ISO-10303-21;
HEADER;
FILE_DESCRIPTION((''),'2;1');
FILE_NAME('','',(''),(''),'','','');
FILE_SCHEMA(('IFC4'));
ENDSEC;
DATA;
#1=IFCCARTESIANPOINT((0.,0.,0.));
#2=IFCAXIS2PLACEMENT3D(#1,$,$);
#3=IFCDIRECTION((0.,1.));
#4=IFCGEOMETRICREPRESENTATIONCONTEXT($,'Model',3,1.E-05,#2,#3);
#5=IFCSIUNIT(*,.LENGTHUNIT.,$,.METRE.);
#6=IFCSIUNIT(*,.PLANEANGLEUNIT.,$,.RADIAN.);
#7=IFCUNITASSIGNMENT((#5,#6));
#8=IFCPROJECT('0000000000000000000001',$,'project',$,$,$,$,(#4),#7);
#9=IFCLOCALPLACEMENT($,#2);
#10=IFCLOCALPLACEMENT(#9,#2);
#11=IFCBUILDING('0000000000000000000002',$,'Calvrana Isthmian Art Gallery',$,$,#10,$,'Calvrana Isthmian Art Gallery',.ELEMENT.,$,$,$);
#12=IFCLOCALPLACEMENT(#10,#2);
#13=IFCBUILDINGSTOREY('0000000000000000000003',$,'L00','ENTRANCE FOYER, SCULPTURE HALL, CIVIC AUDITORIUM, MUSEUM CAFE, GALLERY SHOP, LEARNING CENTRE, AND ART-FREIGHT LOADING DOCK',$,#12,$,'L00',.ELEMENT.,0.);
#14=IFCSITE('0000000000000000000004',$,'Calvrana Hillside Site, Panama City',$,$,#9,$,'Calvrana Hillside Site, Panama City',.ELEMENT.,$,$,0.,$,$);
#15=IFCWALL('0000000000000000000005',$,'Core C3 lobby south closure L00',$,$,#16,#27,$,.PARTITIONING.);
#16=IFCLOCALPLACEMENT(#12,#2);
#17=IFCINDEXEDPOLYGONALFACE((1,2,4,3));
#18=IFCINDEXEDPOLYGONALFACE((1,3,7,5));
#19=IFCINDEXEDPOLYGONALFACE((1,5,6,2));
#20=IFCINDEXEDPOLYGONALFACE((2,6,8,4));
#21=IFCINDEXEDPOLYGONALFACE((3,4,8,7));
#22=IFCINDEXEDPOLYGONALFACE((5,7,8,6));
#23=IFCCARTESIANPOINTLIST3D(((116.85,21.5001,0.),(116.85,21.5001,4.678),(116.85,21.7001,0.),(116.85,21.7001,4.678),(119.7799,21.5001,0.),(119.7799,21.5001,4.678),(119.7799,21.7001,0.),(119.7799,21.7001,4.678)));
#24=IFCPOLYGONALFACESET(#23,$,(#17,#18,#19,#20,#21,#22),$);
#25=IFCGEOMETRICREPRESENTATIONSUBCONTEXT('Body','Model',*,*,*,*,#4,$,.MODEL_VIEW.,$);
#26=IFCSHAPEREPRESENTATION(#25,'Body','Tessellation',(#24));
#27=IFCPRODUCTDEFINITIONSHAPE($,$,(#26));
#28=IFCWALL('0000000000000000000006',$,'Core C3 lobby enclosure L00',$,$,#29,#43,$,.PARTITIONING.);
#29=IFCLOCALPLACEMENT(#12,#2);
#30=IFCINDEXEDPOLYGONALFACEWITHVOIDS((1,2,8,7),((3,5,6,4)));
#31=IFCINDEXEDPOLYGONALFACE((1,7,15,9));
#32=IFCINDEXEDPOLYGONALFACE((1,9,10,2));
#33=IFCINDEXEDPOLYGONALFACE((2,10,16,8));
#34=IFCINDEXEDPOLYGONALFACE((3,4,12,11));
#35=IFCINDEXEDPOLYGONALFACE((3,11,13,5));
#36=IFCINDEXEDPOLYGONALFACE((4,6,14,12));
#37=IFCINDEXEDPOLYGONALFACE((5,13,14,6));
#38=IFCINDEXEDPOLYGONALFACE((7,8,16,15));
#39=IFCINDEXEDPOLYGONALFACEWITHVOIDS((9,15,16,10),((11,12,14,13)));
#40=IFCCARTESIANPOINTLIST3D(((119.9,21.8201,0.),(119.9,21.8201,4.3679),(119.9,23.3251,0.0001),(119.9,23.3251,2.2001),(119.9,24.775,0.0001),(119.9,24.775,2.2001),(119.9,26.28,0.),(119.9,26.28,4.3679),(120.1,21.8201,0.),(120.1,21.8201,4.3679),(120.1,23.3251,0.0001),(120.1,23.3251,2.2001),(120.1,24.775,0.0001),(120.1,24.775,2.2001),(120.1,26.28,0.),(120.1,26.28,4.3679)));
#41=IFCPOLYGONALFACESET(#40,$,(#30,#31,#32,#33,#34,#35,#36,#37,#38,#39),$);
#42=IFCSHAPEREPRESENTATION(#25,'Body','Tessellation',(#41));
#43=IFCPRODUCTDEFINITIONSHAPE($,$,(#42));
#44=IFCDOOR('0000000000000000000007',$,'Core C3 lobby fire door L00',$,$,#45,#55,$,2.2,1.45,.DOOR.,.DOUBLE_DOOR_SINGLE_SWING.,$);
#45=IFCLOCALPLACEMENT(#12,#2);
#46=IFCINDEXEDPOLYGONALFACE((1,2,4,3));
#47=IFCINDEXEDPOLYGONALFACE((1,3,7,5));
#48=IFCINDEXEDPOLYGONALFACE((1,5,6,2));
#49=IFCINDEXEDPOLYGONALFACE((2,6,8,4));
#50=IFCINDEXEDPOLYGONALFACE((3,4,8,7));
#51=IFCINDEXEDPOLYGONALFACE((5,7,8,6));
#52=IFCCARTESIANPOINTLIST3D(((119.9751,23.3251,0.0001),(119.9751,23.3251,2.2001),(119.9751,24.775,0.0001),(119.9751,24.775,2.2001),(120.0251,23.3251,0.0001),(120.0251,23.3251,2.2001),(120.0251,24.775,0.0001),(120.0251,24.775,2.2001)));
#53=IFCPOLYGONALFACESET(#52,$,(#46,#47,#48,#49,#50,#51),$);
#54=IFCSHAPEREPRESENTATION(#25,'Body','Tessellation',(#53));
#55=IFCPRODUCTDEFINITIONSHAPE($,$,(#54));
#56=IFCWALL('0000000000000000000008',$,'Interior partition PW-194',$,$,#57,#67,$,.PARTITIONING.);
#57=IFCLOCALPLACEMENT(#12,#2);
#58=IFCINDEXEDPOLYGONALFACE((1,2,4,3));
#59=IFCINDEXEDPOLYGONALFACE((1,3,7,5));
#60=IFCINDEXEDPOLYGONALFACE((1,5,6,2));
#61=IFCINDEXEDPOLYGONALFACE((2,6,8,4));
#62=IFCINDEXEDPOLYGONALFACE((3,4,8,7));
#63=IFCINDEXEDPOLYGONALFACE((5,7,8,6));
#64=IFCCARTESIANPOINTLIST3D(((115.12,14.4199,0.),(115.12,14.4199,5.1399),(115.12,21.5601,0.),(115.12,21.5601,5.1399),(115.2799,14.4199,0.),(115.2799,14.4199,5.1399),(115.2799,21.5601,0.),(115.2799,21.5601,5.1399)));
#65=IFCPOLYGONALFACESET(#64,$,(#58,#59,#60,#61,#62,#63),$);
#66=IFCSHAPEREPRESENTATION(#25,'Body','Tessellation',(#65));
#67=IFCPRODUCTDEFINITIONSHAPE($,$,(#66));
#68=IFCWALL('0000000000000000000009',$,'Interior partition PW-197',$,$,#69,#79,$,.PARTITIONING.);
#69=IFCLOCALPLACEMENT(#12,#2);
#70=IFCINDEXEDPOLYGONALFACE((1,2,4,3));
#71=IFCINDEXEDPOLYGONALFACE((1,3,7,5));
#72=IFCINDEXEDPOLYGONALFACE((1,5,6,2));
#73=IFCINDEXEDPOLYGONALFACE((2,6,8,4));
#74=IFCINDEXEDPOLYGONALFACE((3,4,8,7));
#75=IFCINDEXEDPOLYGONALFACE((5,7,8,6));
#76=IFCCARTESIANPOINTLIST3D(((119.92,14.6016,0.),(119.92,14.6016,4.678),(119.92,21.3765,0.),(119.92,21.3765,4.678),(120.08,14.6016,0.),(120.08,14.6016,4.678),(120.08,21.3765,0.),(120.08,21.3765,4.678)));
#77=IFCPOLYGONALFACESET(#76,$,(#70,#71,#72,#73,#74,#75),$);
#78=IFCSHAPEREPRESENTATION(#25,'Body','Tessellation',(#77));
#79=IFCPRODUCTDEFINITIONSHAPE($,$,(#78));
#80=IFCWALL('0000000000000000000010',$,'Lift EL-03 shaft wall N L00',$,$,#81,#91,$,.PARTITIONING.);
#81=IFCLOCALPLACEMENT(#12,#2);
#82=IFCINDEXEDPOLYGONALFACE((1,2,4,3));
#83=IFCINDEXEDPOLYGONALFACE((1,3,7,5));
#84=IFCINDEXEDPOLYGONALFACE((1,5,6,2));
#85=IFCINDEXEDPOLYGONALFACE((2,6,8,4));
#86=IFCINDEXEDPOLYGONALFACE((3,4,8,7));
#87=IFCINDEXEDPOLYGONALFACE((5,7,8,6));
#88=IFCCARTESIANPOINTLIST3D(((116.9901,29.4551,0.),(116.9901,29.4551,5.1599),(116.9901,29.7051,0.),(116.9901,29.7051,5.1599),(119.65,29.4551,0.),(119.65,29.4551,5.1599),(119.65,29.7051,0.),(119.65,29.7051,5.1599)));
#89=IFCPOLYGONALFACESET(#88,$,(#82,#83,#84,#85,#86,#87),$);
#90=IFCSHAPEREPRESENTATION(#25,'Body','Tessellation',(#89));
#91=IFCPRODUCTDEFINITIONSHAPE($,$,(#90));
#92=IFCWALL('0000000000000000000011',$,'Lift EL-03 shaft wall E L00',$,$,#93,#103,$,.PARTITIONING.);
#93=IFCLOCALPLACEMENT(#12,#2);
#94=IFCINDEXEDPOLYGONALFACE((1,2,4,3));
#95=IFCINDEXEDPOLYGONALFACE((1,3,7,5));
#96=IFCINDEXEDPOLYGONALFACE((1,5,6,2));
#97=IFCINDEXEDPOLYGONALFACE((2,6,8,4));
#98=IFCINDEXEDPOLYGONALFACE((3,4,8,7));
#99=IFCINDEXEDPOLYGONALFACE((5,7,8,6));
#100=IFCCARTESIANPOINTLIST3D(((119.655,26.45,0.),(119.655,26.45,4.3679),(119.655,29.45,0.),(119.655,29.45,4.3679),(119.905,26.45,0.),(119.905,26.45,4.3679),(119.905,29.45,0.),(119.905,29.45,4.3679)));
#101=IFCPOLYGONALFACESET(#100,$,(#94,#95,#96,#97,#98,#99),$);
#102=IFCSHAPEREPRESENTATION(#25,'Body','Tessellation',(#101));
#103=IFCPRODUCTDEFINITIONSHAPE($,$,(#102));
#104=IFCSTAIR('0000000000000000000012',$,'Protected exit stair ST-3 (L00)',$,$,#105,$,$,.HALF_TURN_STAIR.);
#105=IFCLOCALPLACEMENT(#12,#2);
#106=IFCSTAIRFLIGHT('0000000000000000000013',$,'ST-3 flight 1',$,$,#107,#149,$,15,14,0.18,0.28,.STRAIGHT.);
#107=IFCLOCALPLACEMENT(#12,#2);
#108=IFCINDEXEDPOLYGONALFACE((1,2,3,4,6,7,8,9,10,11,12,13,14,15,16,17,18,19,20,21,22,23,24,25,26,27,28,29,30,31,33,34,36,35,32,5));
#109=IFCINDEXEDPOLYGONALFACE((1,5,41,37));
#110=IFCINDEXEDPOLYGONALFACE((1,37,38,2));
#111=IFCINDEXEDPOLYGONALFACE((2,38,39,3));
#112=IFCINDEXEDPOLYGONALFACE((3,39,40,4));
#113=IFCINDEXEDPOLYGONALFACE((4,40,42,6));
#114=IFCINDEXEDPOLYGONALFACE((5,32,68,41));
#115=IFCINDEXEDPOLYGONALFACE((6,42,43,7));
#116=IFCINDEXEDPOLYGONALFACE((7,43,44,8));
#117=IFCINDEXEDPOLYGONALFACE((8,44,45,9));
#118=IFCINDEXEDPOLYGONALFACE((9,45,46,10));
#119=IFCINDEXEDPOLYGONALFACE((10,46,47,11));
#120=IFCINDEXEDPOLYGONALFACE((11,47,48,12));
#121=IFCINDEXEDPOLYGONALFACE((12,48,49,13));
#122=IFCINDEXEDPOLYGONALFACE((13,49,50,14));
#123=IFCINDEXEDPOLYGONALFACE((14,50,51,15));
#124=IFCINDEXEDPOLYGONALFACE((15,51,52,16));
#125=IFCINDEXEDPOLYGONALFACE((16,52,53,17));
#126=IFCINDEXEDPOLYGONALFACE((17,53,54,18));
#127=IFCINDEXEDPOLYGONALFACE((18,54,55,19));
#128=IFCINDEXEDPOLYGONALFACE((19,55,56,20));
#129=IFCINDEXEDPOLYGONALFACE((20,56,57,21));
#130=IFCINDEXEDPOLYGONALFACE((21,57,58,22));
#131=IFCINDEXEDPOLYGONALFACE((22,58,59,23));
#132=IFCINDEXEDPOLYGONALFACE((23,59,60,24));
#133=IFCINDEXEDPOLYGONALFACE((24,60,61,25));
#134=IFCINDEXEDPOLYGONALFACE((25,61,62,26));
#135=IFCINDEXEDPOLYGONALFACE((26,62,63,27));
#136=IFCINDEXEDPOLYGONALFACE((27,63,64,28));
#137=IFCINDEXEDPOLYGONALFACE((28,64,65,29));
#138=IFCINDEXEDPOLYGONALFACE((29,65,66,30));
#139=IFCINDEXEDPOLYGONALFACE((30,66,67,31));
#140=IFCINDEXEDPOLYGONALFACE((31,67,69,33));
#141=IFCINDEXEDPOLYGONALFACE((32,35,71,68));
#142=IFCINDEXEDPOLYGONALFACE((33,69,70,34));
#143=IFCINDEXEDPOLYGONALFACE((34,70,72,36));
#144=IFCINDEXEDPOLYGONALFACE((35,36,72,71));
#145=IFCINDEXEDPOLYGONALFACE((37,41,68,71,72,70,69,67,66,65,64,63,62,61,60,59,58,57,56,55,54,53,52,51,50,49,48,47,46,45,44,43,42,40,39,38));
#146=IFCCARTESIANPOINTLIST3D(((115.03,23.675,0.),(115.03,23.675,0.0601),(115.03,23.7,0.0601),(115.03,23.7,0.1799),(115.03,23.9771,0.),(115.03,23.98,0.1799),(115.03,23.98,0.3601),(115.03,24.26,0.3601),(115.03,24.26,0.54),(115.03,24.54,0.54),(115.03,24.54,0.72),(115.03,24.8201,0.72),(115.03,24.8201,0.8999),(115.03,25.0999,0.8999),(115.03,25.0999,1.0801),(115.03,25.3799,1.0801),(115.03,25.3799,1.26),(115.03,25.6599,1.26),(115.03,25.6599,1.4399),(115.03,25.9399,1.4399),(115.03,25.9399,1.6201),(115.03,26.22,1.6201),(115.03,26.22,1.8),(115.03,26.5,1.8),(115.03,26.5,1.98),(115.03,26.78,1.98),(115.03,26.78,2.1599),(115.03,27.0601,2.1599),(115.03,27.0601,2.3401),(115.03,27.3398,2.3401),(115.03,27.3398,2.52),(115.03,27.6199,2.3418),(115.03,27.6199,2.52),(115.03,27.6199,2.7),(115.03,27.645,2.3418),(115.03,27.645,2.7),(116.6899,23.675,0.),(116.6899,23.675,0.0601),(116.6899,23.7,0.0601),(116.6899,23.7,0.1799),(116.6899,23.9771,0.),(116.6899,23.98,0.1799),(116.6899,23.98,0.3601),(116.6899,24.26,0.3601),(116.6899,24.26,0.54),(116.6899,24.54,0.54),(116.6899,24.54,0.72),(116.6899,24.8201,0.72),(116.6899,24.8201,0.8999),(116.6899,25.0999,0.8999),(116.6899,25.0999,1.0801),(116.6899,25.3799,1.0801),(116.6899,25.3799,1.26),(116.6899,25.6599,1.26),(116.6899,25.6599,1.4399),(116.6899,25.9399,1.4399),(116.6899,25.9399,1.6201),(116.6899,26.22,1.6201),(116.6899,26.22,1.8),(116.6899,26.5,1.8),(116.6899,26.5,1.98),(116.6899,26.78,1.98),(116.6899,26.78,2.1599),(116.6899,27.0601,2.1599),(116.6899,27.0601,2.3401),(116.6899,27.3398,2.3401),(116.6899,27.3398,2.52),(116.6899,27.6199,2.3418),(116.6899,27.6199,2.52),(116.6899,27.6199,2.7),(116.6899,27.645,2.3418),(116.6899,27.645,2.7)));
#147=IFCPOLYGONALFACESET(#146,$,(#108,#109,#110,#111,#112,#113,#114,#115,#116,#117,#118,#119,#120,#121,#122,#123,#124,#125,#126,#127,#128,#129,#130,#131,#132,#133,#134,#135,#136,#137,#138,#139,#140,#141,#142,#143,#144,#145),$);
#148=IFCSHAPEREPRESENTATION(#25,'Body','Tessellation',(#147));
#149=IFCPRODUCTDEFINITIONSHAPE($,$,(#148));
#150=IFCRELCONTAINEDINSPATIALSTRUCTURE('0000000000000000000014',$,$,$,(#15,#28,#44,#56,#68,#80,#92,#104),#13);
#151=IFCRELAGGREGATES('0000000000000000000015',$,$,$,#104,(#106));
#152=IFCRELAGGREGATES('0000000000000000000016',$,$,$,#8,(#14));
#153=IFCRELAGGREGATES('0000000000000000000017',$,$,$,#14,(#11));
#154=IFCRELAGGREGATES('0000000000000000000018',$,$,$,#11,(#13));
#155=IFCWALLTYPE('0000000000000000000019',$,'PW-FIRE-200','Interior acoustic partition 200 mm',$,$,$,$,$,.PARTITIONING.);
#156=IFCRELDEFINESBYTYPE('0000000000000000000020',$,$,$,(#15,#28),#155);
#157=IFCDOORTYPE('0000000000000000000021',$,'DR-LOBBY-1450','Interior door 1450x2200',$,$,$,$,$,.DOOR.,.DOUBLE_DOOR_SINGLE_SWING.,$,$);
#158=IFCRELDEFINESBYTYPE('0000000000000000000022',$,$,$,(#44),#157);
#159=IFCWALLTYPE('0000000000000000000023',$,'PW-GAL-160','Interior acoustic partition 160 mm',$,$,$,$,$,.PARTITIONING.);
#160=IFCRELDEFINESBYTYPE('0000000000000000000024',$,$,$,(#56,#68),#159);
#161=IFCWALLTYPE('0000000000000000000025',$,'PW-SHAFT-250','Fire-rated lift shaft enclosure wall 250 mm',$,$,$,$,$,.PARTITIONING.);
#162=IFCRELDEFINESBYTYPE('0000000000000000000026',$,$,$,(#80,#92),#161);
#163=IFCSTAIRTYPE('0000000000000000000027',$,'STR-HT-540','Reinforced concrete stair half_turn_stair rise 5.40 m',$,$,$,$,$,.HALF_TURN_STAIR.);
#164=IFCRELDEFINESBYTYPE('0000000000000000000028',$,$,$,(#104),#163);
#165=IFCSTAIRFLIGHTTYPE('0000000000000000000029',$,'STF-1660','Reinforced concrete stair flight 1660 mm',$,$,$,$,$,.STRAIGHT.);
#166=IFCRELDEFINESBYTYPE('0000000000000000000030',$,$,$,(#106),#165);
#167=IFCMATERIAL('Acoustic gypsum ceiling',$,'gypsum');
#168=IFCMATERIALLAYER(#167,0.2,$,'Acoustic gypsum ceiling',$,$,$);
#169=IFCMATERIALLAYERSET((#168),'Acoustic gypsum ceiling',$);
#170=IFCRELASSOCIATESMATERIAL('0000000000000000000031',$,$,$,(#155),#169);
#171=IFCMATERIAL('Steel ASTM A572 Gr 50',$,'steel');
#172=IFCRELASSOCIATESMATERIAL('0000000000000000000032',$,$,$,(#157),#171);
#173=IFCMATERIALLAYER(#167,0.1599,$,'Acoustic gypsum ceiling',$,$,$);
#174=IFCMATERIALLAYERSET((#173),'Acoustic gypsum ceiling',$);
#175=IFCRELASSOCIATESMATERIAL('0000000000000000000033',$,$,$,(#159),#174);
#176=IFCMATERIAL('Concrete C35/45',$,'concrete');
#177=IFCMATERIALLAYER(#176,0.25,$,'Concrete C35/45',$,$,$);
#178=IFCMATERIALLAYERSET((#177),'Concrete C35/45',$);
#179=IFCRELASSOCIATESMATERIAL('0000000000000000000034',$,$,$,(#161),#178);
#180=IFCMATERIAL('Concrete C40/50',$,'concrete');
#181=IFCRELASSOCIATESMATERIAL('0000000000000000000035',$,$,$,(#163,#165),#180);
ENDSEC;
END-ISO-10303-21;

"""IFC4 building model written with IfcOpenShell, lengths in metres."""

from ifc_helpers import new_model, si_unit, direction, frame, frame_2d, origin, place, context, subcontext, project, spatial, polyline, rectangle, outline, extrude, material, layer, layer_set, type_object, element, fill, aggregate, save


model = new_model("IFC4")

# Units and contexts
model_context = context("Model", 3, precision=1e-05, world=origin(), true_north=direction((0.0, 1.0)))
body_context = subcontext(model_context, "Body", "Model", "MODEL_VIEW")
ifc_project = project(units=[si_unit("LENGTHUNIT", "METRE"), si_unit("PLANEANGLEUNIT", "RADIAN")], contexts=[model_context])

# Site, building, storey
site_placement = place(None, origin())
site = spatial("IfcSite", under=ifc_project, at=site_placement, Name="Calvrana Hillside Site, Panama City", LongName="Calvrana Hillside Site, Panama City", CompositionType="ELEMENT", RefElevation=0.0)
building_placement = place(site_placement, origin())
building = spatial("IfcBuilding", under=site, at=building_placement, Name="Calvrana Isthmian Art Gallery", LongName="Calvrana Isthmian Art Gallery", CompositionType="ELEMENT")
storey_placement = place(building_placement, origin())
storey = spatial("IfcBuildingStorey", under=building, at=storey_placement, Name="L00", Description="ENTRANCE FOYER, SCULPTURE HALL, CIVIC AUDITORIUM, MUSEUM CAFE, GALLERY SHOP, LEARNING CENTRE, AND ART-FREIGHT LOADING DOCK", LongName="L00", CompositionType="ELEMENT", Elevation=0.0)

# Shared definitions
ifc_material_1 = material(Name="Concrete C40/50", Category="concrete")
ifc_material_2 = material(Name="Steel ASTM A572 Gr 50", Category="steel")

# Wall
ifc_material_3 = material(Name="Acoustic gypsum ceiling", Category="gypsum")
ifc_layer_1 = layer(ifc_material_3, 0.2, Name="Acoustic gypsum ceiling")
ifc_layer_set_1 = layer_set([ifc_layer_1], Name="Acoustic gypsum ceiling")
wall_type_1 = type_object("IfcWallType", Name="PW-FIRE-200", Description="Interior acoustic partition 200 mm", PredefinedType="PARTITIONING", material=ifc_layer_set_1)
wall_1_placement = place(storey_placement, frame((116.8501, 21.6001, 0.0), z_axis=(0.0, 0.0, 1.0), x_axis=(1.0, 0.0, 0.0)))
element("IfcWall", 1, at=wall_1_placement, inside=storey, type_object=wall_type_1, Name="Core C3 lobby south closure L00", PredefinedType="PARTITIONING", context=body_context, shape_type="SweptSolid", body=[
    extrude(rectangle(XDim=2.9299, YDim=0.2, at=frame_2d((1.4648, 0.0))), origin(), (0.0, 0.0, 1.0), 4.678),
])

# Wall, opening, door
wall_2_placement = place(storey_placement, frame((120.0, 21.8201, 0.0), z_axis=(0.0, 0.0, 1.0), x_axis=(0.0, 1.0, 0.0)))
wall_2 = element("IfcWall", 2, at=wall_2_placement, inside=storey, type_object=wall_type_1, Name="Core C3 lobby enclosure L00", PredefinedType="PARTITIONING", context=body_context, shape_type="SweptSolid", body=[
    extrude(rectangle(XDim=4.46, YDim=0.2, at=frame_2d((2.23, 0.0))), origin(), (0.0, 0.0, 1.0), 4.3679),
])
opening_1_placement = place(wall_2_placement, frame((1.5049, 0.0, 0.0)))
opening_1 = element("IfcOpeningElement", 3, at=opening_1_placement, cuts=wall_2, PredefinedType="OPENING", context=body_context, shape_type="SweptSolid", body=[
    extrude(rectangle(XDim=1.45, YDim=2.2, at=frame_2d((0.7251, 1.1001))), frame((0.0, 0.1104, 0.0), z_axis=(0.0, -1.0, 0.0), x_axis=(1.0, 0.0, 0.0)), (0.0, 0.0, 1.0), 0.2205),
])
door_type_1 = type_object("IfcDoorType", Name="DR-LOBBY-1450", Description="Interior door 1450x2200", OperationType="DOUBLE_DOOR_SINGLE_SWING", PredefinedType="DOOR", material=ifc_material_2)
door_1_placement = place(opening_1_placement, origin())
door_1 = element("IfcDoor", 4, at=door_1_placement, inside=storey, type_object=door_type_1, Name="Core C3 lobby fire door L00", OperationType="DOUBLE_DOOR_SINGLE_SWING", OverallHeight=2.2, OverallWidth=1.45, PredefinedType="DOOR", context=body_context, shape_type="SweptSolid", body=[
    extrude(rectangle(XDim=1.45, YDim=2.2, at=frame_2d((0.7251, 1.1001))), frame((0.0, 0.0249, 0.0), z_axis=(0.0, -1.0, 0.0), x_axis=(1.0, 0.0, 0.0)), (0.0, 0.0, 1.0), 0.05),
])
fill(opening_1, door_1)

# Walls
ifc_layer_2 = layer(ifc_material_3, 0.1599, Name="Acoustic gypsum ceiling")
ifc_layer_set_2 = layer_set([ifc_layer_2], Name="Acoustic gypsum ceiling")
wall_type_2 = type_object("IfcWallType", Name="PW-GAL-160", Description="Interior acoustic partition 160 mm", PredefinedType="PARTITIONING", material=ifc_layer_set_2)
wall_3_placement = place(storey_placement, frame((115.2, 14.4199, 0.0), z_axis=(0.0, 0.0, 1.0), x_axis=(0.0, 1.0, 0.0)))
element("IfcWall", 5, at=wall_3_placement, inside=storey, type_object=wall_type_2, Name="Interior partition PW-194", PredefinedType="PARTITIONING", context=body_context, shape_type="SweptSolid", body=[
    extrude(rectangle(XDim=7.1401, YDim=0.1599, at=frame_2d((3.5701, 0.0))), origin(), (0.0, 0.0, 1.0), 5.1399),
])
wall_4_placement = place(storey_placement, frame((120.0, 14.6016, 0.0), z_axis=(0.0, 0.0, 1.0), x_axis=(0.0, 1.0, 0.0)))
element("IfcWall", 6, at=wall_4_placement, inside=storey, type_object=wall_type_2, Name="Interior partition PW-197", PredefinedType="PARTITIONING", context=body_context, shape_type="SweptSolid", body=[
    extrude(rectangle(XDim=6.7749, YDim=0.1599, at=frame_2d((3.3875, 0.0))), origin(), (0.0, 0.0, 1.0), 4.678),
])
ifc_material_4 = material(Name="Concrete C35/45", Category="concrete")
ifc_layer_3 = layer(ifc_material_4, 0.25, Name="Concrete C35/45")
ifc_layer_set_3 = layer_set([ifc_layer_3], Name="Concrete C35/45")
wall_type_3 = type_object("IfcWallType", Name="PW-SHAFT-250", Description="Fire-rated lift shaft enclosure wall 250 mm", PredefinedType="PARTITIONING", material=ifc_layer_set_3)
wall_5_placement = place(storey_placement, frame((116.99, 29.5801, 0.0), z_axis=(0.0, 0.0, 1.0), x_axis=(1.0, 0.0, 0.0)))
element("IfcWall", 7, at=wall_5_placement, inside=storey, type_object=wall_type_3, Name="Lift EL-03 shaft wall N L00", PredefinedType="PARTITIONING", context=body_context, shape_type="SweptSolid", body=[
    extrude(rectangle(XDim=2.6599, YDim=0.25, at=frame_2d((1.3301, 0.0))), origin(), (0.0, 0.0, 1.0), 5.1599),
])
wall_6_placement = place(storey_placement, frame((119.78, 26.45, 0.0), z_axis=(0.0, 0.0, 1.0), x_axis=(0.0, 1.0, 0.0)))
element("IfcWall", 8, at=wall_6_placement, inside=storey, type_object=wall_type_3, Name="Lift EL-03 shaft wall E L00", PredefinedType="PARTITIONING", context=body_context, shape_type="SweptSolid", body=[
    extrude(rectangle(XDim=3.0, YDim=0.25, at=frame_2d((1.5, 0.0))), origin(), (0.0, 0.0, 1.0), 4.3679),
])

# Stair, stair flight
stair_type = type_object("IfcStairType", Name="STR-HT-540", Description="Reinforced concrete stair half_turn_stair rise 5.40 m", PredefinedType="HALF_TURN_STAIR", material=ifc_material_1)
stair_placement = place(storey_placement, origin())
stair = element("IfcStair", 9, at=stair_placement, inside=storey, type_object=stair_type, Name="Protected exit stair ST-3 (L00)", PredefinedType="HALF_TURN_STAIR")
stair_flight_type = type_object("IfcStairFlightType", Name="STF-1660", Description="Reinforced concrete stair flight 1660 mm", PredefinedType="STRAIGHT", material=ifc_material_1)
stair_flight_placement = place(storey_placement, frame((115.8601, 23.7, 0.0), z_axis=(0.0, 0.0, 1.0), x_axis=(0.0, 1.0, 0.0)))
stair_flight = element("IfcStairFlight", 10, at=stair_flight_placement, type_object=stair_flight_type, Name="ST-3 flight 1", NumberOfRisers=15, NumberOfTreads=14, PredefinedType="STRAIGHT", RiserHeight=0.18, TreadLength=0.28, context=body_context, shape_type="SweptSolid", body=[
    extrude(outline(polyline([(-0.0249, 0.0), (-0.0249, 0.0601), (0.0, 0.0601), (0.0, 0.1799), (0.28, 0.1799), (0.28, 0.3601), (0.5601, 0.3601), (0.5601, 0.54), (0.8401, 0.54), (0.8401, 0.72), (1.1201, 0.72), (1.1201, 0.8999), (1.3999, 0.8999), (1.3999, 1.0801), (1.6799, 1.0801), (1.6799, 1.26), (1.96, 1.26), (1.96, 1.4399), (2.24, 1.4399), (2.24, 1.6201), (2.52, 1.6201), (2.52, 1.8), (2.8, 1.8), (2.8, 1.98), (3.0801, 1.98), (3.0801, 2.1599), (3.3601, 2.1599), (3.3601, 2.3401), (3.6399, 2.3401), (3.6399, 2.52), (3.9199, 2.52), (3.9199, 2.7), (3.9451, 2.7), (3.9451, 2.3418), (3.9199, 2.3418), (0.2771, 0.0), (-0.0249, 0.0)])), frame((0.0, 0.8301, 0.0), z_axis=(0.0, -1.0, 0.0), x_axis=(1.0, 0.0, 0.0)), (0.0, 0.0, 1.0), 1.6599),
])
aggregate(stair, [stair_flight])

save(model, "model.ifc")
